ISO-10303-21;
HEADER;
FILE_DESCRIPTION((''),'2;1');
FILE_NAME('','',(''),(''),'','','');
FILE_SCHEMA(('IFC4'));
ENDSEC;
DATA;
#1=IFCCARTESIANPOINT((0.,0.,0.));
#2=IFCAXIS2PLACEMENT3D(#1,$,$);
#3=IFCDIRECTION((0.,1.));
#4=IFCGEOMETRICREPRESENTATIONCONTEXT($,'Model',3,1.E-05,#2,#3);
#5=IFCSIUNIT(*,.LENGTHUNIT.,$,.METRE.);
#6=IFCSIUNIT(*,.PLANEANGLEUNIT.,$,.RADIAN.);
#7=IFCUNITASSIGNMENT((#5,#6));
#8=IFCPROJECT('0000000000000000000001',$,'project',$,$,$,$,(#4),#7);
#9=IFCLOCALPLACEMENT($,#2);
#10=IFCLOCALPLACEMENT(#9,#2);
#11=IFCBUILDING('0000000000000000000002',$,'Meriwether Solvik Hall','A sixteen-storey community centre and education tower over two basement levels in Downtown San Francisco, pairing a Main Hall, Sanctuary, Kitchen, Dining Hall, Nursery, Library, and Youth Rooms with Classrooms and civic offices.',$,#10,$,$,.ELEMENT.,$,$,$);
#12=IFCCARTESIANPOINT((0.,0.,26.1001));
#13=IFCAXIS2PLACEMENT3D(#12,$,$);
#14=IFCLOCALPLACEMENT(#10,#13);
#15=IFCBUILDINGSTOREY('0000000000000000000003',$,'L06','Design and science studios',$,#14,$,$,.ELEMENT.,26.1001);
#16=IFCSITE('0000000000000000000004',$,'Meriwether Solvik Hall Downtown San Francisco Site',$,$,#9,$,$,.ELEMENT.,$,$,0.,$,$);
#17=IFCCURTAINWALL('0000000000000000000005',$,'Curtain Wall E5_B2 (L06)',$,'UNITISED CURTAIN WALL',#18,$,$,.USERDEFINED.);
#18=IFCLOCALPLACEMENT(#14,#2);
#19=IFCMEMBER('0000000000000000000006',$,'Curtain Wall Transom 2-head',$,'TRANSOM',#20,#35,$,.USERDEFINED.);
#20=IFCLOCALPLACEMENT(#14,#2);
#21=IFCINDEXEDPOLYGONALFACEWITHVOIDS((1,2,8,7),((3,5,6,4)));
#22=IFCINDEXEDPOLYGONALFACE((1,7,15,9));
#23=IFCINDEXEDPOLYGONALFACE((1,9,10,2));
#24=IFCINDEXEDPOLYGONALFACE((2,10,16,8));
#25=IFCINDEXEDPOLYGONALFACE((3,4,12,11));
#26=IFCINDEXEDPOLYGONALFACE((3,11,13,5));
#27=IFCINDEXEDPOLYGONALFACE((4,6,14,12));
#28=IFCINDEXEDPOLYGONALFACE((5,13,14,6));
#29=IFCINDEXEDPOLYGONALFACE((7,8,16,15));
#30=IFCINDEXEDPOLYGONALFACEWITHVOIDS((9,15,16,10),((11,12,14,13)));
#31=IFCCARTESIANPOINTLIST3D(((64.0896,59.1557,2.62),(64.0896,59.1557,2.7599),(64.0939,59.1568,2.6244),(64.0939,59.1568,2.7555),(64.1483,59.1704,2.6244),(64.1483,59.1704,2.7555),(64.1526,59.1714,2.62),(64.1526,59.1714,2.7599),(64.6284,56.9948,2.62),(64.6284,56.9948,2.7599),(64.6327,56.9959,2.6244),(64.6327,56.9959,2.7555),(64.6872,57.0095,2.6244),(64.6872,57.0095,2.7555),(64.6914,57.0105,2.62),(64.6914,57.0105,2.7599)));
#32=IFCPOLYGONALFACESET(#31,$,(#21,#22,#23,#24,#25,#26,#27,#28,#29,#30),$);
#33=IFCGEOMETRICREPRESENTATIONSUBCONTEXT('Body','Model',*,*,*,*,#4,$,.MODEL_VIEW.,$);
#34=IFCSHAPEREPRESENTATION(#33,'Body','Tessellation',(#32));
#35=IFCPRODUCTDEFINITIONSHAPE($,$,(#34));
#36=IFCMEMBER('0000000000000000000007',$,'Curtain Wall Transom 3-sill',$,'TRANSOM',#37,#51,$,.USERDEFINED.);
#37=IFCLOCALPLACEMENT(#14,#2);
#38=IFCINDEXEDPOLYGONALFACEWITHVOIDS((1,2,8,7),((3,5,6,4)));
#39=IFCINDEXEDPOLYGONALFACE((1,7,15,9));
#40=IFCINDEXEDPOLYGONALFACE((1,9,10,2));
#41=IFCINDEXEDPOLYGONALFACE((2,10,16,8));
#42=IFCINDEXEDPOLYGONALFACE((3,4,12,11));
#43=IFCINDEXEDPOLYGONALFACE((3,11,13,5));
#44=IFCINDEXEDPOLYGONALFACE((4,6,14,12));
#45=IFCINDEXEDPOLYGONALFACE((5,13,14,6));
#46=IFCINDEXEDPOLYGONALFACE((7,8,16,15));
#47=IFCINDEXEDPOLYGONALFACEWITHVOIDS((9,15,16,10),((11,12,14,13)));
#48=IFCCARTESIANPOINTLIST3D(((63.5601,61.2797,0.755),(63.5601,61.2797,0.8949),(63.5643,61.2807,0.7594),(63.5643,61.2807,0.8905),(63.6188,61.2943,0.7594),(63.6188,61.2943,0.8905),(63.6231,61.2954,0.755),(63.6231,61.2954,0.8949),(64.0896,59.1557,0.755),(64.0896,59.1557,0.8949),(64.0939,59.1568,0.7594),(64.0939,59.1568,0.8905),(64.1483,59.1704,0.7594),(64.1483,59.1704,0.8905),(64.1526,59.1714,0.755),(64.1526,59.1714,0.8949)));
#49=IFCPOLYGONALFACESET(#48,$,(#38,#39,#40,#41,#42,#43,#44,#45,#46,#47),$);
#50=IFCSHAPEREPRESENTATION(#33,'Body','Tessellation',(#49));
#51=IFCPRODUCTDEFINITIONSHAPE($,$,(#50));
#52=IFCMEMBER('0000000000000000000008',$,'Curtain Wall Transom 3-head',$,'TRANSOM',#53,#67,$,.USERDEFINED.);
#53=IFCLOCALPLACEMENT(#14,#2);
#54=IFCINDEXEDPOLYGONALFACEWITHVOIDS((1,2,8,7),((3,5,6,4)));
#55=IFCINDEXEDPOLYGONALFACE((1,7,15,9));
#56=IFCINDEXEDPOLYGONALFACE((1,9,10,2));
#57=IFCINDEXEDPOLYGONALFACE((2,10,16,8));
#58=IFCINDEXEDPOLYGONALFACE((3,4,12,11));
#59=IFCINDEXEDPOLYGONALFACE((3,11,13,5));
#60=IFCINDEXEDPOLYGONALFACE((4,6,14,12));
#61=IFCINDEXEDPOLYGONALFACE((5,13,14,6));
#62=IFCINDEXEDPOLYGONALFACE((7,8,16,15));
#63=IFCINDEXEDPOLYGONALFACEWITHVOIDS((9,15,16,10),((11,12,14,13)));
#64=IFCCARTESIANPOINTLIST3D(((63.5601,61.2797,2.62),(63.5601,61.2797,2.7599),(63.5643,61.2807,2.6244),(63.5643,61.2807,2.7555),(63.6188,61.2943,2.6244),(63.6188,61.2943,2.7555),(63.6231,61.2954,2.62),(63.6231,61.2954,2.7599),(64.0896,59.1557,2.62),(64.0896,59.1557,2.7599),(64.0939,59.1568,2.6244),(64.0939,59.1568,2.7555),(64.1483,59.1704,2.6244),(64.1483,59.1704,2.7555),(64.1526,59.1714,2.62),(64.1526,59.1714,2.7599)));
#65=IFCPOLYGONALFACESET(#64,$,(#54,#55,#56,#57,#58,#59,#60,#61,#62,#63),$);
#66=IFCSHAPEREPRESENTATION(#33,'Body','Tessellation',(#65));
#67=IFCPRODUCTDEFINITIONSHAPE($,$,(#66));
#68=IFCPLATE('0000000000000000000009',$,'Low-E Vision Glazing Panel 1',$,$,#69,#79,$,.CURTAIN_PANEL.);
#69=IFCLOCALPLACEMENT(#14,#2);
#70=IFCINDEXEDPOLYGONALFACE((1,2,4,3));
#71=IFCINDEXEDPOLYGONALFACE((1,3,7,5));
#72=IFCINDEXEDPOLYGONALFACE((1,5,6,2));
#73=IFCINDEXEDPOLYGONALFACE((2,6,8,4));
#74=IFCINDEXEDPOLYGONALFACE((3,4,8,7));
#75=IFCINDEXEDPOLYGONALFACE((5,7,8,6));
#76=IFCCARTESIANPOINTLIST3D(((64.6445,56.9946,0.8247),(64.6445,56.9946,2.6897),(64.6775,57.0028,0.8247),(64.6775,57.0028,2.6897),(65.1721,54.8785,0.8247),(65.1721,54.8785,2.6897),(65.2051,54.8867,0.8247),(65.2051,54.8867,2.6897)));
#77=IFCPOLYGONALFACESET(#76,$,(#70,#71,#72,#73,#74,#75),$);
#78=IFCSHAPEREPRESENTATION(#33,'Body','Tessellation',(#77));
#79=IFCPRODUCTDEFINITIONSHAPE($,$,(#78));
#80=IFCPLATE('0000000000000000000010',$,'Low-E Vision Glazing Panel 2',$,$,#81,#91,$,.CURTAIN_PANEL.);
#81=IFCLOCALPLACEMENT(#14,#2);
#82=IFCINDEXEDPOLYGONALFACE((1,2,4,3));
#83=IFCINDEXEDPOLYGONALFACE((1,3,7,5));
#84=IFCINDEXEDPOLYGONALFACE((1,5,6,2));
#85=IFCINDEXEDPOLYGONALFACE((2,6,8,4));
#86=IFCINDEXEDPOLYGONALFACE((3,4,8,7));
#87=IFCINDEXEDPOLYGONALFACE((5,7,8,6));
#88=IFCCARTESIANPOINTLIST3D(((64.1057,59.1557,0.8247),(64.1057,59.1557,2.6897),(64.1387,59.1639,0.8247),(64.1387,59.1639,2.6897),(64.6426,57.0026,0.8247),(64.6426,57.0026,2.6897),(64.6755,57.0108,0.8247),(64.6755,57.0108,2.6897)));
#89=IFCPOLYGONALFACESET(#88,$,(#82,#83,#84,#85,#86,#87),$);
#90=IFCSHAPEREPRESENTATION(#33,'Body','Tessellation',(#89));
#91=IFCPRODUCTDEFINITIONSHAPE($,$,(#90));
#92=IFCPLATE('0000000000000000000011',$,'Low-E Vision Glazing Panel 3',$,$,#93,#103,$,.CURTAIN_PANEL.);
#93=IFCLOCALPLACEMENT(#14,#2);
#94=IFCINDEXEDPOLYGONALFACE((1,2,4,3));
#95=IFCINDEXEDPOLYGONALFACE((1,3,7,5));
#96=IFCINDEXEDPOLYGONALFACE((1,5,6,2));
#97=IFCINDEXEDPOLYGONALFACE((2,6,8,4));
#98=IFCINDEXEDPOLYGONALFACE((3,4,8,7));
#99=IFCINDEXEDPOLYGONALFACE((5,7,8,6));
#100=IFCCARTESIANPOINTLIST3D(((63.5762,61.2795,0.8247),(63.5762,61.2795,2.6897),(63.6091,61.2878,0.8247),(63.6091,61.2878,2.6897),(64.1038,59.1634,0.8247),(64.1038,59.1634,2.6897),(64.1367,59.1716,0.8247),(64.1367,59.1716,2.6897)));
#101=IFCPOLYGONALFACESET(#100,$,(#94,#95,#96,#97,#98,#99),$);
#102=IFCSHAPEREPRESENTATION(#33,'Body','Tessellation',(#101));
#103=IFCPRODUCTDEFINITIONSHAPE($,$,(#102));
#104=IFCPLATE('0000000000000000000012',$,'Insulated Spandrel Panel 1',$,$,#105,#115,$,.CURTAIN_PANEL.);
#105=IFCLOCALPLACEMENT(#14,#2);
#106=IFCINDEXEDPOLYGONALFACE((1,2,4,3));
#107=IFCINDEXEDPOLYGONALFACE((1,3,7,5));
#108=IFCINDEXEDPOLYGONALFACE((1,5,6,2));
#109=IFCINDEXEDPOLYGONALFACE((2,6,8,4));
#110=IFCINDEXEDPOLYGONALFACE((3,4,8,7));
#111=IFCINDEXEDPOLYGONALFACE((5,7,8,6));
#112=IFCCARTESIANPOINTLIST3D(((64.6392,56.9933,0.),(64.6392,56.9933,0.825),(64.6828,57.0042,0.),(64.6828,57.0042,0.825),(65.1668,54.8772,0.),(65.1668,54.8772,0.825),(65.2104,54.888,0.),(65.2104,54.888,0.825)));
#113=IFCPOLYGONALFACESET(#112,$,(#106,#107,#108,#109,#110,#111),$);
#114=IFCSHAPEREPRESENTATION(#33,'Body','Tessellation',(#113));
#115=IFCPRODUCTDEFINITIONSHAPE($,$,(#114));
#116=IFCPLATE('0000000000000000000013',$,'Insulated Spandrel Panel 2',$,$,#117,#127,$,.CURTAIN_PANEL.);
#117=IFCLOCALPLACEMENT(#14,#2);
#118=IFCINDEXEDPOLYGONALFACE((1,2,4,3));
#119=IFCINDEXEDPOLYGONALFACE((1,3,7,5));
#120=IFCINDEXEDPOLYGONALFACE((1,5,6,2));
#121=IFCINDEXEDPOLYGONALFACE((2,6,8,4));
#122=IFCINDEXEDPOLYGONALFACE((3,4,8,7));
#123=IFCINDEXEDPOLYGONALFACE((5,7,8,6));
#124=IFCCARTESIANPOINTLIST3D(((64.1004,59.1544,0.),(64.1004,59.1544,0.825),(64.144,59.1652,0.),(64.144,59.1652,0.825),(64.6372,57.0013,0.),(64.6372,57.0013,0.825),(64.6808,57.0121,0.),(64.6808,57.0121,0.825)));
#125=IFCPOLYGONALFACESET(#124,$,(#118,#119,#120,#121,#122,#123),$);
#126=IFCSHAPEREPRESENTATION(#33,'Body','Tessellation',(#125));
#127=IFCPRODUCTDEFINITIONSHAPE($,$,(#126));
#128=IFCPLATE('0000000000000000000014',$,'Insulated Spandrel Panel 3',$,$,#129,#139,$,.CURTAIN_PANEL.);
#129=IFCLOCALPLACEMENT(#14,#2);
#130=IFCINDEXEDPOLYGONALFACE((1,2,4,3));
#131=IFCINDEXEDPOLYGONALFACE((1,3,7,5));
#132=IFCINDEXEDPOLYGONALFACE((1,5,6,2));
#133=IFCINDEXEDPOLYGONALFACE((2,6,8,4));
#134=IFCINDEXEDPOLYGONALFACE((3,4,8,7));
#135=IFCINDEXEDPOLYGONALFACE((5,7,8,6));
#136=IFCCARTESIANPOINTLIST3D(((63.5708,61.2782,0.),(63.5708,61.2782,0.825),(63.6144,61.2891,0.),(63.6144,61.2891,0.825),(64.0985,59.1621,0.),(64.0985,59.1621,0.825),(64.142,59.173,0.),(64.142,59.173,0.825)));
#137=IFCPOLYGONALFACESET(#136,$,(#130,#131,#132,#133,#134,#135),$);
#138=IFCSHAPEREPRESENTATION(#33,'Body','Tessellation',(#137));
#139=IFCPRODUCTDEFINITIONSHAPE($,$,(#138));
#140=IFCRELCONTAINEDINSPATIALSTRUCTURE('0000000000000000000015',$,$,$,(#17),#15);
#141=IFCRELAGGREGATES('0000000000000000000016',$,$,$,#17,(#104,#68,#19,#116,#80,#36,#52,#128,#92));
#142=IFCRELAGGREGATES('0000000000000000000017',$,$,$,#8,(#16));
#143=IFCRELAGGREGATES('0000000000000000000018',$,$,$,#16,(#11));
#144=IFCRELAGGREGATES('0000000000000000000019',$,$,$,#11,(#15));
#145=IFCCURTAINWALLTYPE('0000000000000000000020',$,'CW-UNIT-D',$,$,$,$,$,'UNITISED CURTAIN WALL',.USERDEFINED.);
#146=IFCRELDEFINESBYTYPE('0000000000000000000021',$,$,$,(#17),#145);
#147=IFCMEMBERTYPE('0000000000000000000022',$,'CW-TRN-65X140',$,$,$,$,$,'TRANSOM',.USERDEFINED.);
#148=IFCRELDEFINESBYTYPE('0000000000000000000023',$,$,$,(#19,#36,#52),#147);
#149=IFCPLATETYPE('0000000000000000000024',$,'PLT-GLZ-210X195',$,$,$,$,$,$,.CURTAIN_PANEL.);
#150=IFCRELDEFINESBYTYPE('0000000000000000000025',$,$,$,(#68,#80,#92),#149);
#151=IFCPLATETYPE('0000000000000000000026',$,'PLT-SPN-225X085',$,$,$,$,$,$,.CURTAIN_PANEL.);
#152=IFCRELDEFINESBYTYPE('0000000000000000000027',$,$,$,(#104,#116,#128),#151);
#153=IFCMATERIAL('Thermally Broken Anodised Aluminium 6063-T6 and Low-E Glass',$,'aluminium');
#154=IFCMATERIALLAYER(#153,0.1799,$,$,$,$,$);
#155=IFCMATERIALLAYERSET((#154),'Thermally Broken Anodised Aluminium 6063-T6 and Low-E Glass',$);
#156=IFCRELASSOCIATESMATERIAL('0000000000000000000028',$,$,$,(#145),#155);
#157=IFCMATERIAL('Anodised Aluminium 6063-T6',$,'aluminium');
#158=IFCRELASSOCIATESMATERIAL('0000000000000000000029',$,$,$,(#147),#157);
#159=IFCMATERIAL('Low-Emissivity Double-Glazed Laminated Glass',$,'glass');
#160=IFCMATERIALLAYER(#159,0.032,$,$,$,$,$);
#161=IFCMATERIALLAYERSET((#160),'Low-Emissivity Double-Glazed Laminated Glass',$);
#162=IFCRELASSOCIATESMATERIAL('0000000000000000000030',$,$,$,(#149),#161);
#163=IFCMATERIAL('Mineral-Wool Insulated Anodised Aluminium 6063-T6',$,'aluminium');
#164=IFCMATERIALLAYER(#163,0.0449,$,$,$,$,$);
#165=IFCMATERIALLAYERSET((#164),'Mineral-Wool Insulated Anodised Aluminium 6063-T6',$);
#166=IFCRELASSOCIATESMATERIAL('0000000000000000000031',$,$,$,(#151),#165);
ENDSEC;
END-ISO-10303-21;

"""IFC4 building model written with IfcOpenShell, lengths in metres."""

from ifc_helpers import new_model, si_unit, direction, frame, origin, origin_2d, place, context, subcontext, project, spatial, rectangle, hollow_rectangle, extrude, material, layer, layer_set, material_profile, profile_set, type_object, element, aggregate, save


model = new_model("IFC4")

# Units and contexts
model_context = context("Model", 3, precision=1e-05, world=origin(), true_north=direction((0.0, 1.0)))
body_context = subcontext(model_context, "Body", "Model", "MODEL_VIEW")
ifc_project = project(units=[si_unit("LENGTHUNIT", "METRE"), si_unit("PLANEANGLEUNIT", "RADIAN")], contexts=[model_context])

# Site, building, storey
site_placement = place(None, origin())
site = spatial("IfcSite", under=ifc_project, at=site_placement, Name="Meriwether Solvik Hall Downtown San Francisco Site", CompositionType="ELEMENT", RefElevation=0.0)
building_placement = place(site_placement, origin())
building = spatial("IfcBuilding", under=site, at=building_placement, Name="Meriwether Solvik Hall", Description="A sixteen-storey community centre and education tower over two basement levels in Downtown San Francisco, pairing a Main Hall, Sanctuary, Kitchen, Dining Hall, Nursery, Library, and Youth Rooms with Classrooms and civic offices.", CompositionType="ELEMENT")
storey_placement = place(building_placement, frame((0.0, 0.0, 26.1001)))
storey = spatial("IfcBuildingStorey", under=building, at=storey_placement, Name="L06", Description="Design and science studios", CompositionType="ELEMENT", Elevation=26.1001)

# Curtain wall, members, plates
ifc_material_1 = material(Name="Thermally Broken Anodised Aluminium 6063-T6 and Low-E Glass", Category="aluminium")
ifc_layer_1 = layer(ifc_material_1, 0.1799)
ifc_layer_set_1 = layer_set([ifc_layer_1], Name="Thermally Broken Anodised Aluminium 6063-T6 and Low-E Glass")
curtain_wall_type_1 = type_object("IfcCurtainWallType", Name="CW-UNIT-D", ElementType="UNITISED CURTAIN WALL", PredefinedType="USERDEFINED", material=ifc_layer_set_1)
curtain_wall_1_placement = place(storey_placement, origin())
curtain_wall_1 = element("IfcCurtainWall", 1, at=curtain_wall_1_placement, inside=storey, type_object=curtain_wall_type_1, Name="Curtain Wall E5_B2 (L06)", ObjectType="UNITISED CURTAIN WALL", PredefinedType="USERDEFINED")
ifc_material_2 = material(Name="Anodised Aluminium 6063-T6", Category="aluminium")
ifc_material_profile_1 = material_profile(ifc_material_2, hollow_rectangle(XDim=0.0649, YDim=0.1399, WallThickness=0.0044, at=origin_2d()), Name="CWT-65X140")
ifc_profile_set_1 = profile_set([ifc_material_profile_1], Name="Anodised Aluminium 6063-T6")
member_type_1 = type_object("IfcMemberType", Name="CW-TRN-65X140", ElementType="TRANSOM", PredefinedType="USERDEFINED", material=ifc_profile_set_1)
member_1_placement = place(storey_placement, frame((64.6599, 57.0027, 2.6899), z_axis=(-0.241942, 0.970291, 0.0), x_axis=(-0.970291, -0.241942, 0.0)))
member_1 = element("IfcMember", 2, at=member_1_placement, type_object=member_type_1, Name="Curtain Wall Transom 2-head", ObjectType="TRANSOM", PredefinedType="USERDEFINED", context=body_context, shape_type="SweptSolid", body=[
    extrude(hollow_rectangle(XDim=0.0649, YDim=0.1399, WallThickness=0.0044, at=origin_2d()), origin(), (0.0, 0.0, 1.0), 2.2271),
])
member_2_placement = place(storey_placement, frame((64.1211, 59.1636, 0.825), z_axis=(-0.241906, 0.9703, 0.0), x_axis=(-0.9703, -0.241906, 0.0)))
member_2 = element("IfcMember", 3, at=member_2_placement, type_object=member_type_1, Name="Curtain Wall Transom 3-sill", ObjectType="TRANSOM", PredefinedType="USERDEFINED", context=body_context, shape_type="SweptSolid", body=[
    extrude(hollow_rectangle(XDim=0.0649, YDim=0.1399, WallThickness=0.0044, at=origin_2d()), origin(), (0.0, 0.0, 1.0), 2.189),
])
member_3_placement = place(storey_placement, frame((64.1211, 59.1636, 2.6899), z_axis=(-0.241906, 0.9703, 0.0), x_axis=(-0.9703, -0.241906, 0.0)))
member_3 = element("IfcMember", 4, at=member_3_placement, type_object=member_type_1, Name="Curtain Wall Transom 3-head", ObjectType="TRANSOM", PredefinedType="USERDEFINED", context=body_context, shape_type="SweptSolid", body=[
    extrude(hollow_rectangle(XDim=0.0649, YDim=0.1399, WallThickness=0.0044, at=origin_2d()), origin(), (0.0, 0.0, 1.0), 2.189),
])
ifc_material_3 = material(Name="Low-Emissivity Double-Glazed Laminated Glass", Category="glass")
ifc_layer_2 = layer(ifc_material_3, 0.032)
ifc_layer_set_2 = layer_set([ifc_layer_2], Name="Low-Emissivity Double-Glazed Laminated Glass")
plate_type_1 = type_object("IfcPlateType", Name="PLT-GLZ-210X195", PredefinedType="CURTAIN_PANEL", material=ifc_layer_set_2)
plate_1_placement = place(storey_placement, frame((64.9248, 55.9407, 0.8247), z_axis=(0.0, 0.0, 1.0), x_axis=(-0.241922, 0.970296, 0.0)))
plate_1 = element("IfcPlate", 5, at=plate_1_placement, type_object=plate_type_1, Name="Low-E Vision Glazing Panel 1", PredefinedType="CURTAIN_PANEL", context=body_context, shape_type="SweptSolid", body=[
    extrude(rectangle(XDim=2.1809, YDim=0.0339, at=origin_2d()), origin(), (0.0, 0.0, 1.0), 1.865),
])
plate_2_placement = place(storey_placement, frame((64.3906, 58.0833, 0.8247), z_axis=(0.0, 0.0, 1.0), x_axis=(-0.241922, 0.970296, 0.0)))
plate_2 = element("IfcPlate", 6, at=plate_2_placement, type_object=plate_type_1, Name="Low-E Vision Glazing Panel 2", PredefinedType="CURTAIN_PANEL", context=body_context, shape_type="SweptSolid", body=[
    extrude(rectangle(XDim=2.219, YDim=0.0339, at=origin_2d()), origin(), (0.0, 0.0, 1.0), 1.865),
])
plate_3_placement = place(storey_placement, frame((63.8564, 60.2256, 0.8247), z_axis=(0.0, 0.0, 1.0), x_axis=(-0.241922, 0.970296, 0.0)))
plate_3 = element("IfcPlate", 7, at=plate_3_placement, type_object=plate_type_1, Name="Low-E Vision Glazing Panel 3", PredefinedType="CURTAIN_PANEL", context=body_context, shape_type="SweptSolid", body=[
    extrude(rectangle(XDim=2.1809, YDim=0.0339, at=origin_2d()), origin(), (0.0, 0.0, 1.0), 1.865),
])
ifc_material_4 = material(Name="Mineral-Wool Insulated Anodised Aluminium 6063-T6", Category="aluminium")
ifc_layer_3 = layer(ifc_material_4, 0.0449)
ifc_layer_set_3 = layer_set([ifc_layer_3], Name="Mineral-Wool Insulated Anodised Aluminium 6063-T6")
plate_type_2 = type_object("IfcPlateType", Name="PLT-SPN-225X085", PredefinedType="CURTAIN_PANEL", material=ifc_layer_set_3)
plate_4_placement = place(storey_placement, frame((64.9248, 55.9407, 0.0), z_axis=(0.0, 0.0, 1.0), x_axis=(-0.241922, 0.970296, 0.0)))
plate_4 = element("IfcPlate", 8, at=plate_4_placement, type_object=plate_type_2, Name="Insulated Spandrel Panel 1", PredefinedType="CURTAIN_PANEL", context=body_context, shape_type="SweptSolid", body=[
    extrude(rectangle(XDim=2.1809, YDim=0.0449, at=origin_2d()), origin(), (0.0, 0.0, 1.0), 0.825),
])
plate_5_placement = place(storey_placement, frame((64.3906, 58.0833, 0.0), z_axis=(0.0, 0.0, 1.0), x_axis=(-0.241922, 0.970296, 0.0)))
plate_5 = element("IfcPlate", 9, at=plate_5_placement, type_object=plate_type_2, Name="Insulated Spandrel Panel 2", PredefinedType="CURTAIN_PANEL", context=body_context, shape_type="SweptSolid", body=[
    extrude(rectangle(XDim=2.219, YDim=0.0449, at=origin_2d()), origin(), (0.0, 0.0, 1.0), 0.825),
])
plate_6_placement = place(storey_placement, frame((63.8564, 60.2256, 0.0), z_axis=(0.0, 0.0, 1.0), x_axis=(-0.241922, 0.970296, 0.0)))
plate_6 = element("IfcPlate", 10, at=plate_6_placement, type_object=plate_type_2, Name="Insulated Spandrel Panel 3", PredefinedType="CURTAIN_PANEL", context=body_context, shape_type="SweptSolid", body=[
    extrude(rectangle(XDim=2.1809, YDim=0.0449, at=origin_2d()), origin(), (0.0, 0.0, 1.0), 0.825),
])
aggregate(curtain_wall_1, [plate_4, plate_1, member_1, plate_5, plate_2, member_2, member_3, plate_6, plate_3])

save(model, "model.ifc")
